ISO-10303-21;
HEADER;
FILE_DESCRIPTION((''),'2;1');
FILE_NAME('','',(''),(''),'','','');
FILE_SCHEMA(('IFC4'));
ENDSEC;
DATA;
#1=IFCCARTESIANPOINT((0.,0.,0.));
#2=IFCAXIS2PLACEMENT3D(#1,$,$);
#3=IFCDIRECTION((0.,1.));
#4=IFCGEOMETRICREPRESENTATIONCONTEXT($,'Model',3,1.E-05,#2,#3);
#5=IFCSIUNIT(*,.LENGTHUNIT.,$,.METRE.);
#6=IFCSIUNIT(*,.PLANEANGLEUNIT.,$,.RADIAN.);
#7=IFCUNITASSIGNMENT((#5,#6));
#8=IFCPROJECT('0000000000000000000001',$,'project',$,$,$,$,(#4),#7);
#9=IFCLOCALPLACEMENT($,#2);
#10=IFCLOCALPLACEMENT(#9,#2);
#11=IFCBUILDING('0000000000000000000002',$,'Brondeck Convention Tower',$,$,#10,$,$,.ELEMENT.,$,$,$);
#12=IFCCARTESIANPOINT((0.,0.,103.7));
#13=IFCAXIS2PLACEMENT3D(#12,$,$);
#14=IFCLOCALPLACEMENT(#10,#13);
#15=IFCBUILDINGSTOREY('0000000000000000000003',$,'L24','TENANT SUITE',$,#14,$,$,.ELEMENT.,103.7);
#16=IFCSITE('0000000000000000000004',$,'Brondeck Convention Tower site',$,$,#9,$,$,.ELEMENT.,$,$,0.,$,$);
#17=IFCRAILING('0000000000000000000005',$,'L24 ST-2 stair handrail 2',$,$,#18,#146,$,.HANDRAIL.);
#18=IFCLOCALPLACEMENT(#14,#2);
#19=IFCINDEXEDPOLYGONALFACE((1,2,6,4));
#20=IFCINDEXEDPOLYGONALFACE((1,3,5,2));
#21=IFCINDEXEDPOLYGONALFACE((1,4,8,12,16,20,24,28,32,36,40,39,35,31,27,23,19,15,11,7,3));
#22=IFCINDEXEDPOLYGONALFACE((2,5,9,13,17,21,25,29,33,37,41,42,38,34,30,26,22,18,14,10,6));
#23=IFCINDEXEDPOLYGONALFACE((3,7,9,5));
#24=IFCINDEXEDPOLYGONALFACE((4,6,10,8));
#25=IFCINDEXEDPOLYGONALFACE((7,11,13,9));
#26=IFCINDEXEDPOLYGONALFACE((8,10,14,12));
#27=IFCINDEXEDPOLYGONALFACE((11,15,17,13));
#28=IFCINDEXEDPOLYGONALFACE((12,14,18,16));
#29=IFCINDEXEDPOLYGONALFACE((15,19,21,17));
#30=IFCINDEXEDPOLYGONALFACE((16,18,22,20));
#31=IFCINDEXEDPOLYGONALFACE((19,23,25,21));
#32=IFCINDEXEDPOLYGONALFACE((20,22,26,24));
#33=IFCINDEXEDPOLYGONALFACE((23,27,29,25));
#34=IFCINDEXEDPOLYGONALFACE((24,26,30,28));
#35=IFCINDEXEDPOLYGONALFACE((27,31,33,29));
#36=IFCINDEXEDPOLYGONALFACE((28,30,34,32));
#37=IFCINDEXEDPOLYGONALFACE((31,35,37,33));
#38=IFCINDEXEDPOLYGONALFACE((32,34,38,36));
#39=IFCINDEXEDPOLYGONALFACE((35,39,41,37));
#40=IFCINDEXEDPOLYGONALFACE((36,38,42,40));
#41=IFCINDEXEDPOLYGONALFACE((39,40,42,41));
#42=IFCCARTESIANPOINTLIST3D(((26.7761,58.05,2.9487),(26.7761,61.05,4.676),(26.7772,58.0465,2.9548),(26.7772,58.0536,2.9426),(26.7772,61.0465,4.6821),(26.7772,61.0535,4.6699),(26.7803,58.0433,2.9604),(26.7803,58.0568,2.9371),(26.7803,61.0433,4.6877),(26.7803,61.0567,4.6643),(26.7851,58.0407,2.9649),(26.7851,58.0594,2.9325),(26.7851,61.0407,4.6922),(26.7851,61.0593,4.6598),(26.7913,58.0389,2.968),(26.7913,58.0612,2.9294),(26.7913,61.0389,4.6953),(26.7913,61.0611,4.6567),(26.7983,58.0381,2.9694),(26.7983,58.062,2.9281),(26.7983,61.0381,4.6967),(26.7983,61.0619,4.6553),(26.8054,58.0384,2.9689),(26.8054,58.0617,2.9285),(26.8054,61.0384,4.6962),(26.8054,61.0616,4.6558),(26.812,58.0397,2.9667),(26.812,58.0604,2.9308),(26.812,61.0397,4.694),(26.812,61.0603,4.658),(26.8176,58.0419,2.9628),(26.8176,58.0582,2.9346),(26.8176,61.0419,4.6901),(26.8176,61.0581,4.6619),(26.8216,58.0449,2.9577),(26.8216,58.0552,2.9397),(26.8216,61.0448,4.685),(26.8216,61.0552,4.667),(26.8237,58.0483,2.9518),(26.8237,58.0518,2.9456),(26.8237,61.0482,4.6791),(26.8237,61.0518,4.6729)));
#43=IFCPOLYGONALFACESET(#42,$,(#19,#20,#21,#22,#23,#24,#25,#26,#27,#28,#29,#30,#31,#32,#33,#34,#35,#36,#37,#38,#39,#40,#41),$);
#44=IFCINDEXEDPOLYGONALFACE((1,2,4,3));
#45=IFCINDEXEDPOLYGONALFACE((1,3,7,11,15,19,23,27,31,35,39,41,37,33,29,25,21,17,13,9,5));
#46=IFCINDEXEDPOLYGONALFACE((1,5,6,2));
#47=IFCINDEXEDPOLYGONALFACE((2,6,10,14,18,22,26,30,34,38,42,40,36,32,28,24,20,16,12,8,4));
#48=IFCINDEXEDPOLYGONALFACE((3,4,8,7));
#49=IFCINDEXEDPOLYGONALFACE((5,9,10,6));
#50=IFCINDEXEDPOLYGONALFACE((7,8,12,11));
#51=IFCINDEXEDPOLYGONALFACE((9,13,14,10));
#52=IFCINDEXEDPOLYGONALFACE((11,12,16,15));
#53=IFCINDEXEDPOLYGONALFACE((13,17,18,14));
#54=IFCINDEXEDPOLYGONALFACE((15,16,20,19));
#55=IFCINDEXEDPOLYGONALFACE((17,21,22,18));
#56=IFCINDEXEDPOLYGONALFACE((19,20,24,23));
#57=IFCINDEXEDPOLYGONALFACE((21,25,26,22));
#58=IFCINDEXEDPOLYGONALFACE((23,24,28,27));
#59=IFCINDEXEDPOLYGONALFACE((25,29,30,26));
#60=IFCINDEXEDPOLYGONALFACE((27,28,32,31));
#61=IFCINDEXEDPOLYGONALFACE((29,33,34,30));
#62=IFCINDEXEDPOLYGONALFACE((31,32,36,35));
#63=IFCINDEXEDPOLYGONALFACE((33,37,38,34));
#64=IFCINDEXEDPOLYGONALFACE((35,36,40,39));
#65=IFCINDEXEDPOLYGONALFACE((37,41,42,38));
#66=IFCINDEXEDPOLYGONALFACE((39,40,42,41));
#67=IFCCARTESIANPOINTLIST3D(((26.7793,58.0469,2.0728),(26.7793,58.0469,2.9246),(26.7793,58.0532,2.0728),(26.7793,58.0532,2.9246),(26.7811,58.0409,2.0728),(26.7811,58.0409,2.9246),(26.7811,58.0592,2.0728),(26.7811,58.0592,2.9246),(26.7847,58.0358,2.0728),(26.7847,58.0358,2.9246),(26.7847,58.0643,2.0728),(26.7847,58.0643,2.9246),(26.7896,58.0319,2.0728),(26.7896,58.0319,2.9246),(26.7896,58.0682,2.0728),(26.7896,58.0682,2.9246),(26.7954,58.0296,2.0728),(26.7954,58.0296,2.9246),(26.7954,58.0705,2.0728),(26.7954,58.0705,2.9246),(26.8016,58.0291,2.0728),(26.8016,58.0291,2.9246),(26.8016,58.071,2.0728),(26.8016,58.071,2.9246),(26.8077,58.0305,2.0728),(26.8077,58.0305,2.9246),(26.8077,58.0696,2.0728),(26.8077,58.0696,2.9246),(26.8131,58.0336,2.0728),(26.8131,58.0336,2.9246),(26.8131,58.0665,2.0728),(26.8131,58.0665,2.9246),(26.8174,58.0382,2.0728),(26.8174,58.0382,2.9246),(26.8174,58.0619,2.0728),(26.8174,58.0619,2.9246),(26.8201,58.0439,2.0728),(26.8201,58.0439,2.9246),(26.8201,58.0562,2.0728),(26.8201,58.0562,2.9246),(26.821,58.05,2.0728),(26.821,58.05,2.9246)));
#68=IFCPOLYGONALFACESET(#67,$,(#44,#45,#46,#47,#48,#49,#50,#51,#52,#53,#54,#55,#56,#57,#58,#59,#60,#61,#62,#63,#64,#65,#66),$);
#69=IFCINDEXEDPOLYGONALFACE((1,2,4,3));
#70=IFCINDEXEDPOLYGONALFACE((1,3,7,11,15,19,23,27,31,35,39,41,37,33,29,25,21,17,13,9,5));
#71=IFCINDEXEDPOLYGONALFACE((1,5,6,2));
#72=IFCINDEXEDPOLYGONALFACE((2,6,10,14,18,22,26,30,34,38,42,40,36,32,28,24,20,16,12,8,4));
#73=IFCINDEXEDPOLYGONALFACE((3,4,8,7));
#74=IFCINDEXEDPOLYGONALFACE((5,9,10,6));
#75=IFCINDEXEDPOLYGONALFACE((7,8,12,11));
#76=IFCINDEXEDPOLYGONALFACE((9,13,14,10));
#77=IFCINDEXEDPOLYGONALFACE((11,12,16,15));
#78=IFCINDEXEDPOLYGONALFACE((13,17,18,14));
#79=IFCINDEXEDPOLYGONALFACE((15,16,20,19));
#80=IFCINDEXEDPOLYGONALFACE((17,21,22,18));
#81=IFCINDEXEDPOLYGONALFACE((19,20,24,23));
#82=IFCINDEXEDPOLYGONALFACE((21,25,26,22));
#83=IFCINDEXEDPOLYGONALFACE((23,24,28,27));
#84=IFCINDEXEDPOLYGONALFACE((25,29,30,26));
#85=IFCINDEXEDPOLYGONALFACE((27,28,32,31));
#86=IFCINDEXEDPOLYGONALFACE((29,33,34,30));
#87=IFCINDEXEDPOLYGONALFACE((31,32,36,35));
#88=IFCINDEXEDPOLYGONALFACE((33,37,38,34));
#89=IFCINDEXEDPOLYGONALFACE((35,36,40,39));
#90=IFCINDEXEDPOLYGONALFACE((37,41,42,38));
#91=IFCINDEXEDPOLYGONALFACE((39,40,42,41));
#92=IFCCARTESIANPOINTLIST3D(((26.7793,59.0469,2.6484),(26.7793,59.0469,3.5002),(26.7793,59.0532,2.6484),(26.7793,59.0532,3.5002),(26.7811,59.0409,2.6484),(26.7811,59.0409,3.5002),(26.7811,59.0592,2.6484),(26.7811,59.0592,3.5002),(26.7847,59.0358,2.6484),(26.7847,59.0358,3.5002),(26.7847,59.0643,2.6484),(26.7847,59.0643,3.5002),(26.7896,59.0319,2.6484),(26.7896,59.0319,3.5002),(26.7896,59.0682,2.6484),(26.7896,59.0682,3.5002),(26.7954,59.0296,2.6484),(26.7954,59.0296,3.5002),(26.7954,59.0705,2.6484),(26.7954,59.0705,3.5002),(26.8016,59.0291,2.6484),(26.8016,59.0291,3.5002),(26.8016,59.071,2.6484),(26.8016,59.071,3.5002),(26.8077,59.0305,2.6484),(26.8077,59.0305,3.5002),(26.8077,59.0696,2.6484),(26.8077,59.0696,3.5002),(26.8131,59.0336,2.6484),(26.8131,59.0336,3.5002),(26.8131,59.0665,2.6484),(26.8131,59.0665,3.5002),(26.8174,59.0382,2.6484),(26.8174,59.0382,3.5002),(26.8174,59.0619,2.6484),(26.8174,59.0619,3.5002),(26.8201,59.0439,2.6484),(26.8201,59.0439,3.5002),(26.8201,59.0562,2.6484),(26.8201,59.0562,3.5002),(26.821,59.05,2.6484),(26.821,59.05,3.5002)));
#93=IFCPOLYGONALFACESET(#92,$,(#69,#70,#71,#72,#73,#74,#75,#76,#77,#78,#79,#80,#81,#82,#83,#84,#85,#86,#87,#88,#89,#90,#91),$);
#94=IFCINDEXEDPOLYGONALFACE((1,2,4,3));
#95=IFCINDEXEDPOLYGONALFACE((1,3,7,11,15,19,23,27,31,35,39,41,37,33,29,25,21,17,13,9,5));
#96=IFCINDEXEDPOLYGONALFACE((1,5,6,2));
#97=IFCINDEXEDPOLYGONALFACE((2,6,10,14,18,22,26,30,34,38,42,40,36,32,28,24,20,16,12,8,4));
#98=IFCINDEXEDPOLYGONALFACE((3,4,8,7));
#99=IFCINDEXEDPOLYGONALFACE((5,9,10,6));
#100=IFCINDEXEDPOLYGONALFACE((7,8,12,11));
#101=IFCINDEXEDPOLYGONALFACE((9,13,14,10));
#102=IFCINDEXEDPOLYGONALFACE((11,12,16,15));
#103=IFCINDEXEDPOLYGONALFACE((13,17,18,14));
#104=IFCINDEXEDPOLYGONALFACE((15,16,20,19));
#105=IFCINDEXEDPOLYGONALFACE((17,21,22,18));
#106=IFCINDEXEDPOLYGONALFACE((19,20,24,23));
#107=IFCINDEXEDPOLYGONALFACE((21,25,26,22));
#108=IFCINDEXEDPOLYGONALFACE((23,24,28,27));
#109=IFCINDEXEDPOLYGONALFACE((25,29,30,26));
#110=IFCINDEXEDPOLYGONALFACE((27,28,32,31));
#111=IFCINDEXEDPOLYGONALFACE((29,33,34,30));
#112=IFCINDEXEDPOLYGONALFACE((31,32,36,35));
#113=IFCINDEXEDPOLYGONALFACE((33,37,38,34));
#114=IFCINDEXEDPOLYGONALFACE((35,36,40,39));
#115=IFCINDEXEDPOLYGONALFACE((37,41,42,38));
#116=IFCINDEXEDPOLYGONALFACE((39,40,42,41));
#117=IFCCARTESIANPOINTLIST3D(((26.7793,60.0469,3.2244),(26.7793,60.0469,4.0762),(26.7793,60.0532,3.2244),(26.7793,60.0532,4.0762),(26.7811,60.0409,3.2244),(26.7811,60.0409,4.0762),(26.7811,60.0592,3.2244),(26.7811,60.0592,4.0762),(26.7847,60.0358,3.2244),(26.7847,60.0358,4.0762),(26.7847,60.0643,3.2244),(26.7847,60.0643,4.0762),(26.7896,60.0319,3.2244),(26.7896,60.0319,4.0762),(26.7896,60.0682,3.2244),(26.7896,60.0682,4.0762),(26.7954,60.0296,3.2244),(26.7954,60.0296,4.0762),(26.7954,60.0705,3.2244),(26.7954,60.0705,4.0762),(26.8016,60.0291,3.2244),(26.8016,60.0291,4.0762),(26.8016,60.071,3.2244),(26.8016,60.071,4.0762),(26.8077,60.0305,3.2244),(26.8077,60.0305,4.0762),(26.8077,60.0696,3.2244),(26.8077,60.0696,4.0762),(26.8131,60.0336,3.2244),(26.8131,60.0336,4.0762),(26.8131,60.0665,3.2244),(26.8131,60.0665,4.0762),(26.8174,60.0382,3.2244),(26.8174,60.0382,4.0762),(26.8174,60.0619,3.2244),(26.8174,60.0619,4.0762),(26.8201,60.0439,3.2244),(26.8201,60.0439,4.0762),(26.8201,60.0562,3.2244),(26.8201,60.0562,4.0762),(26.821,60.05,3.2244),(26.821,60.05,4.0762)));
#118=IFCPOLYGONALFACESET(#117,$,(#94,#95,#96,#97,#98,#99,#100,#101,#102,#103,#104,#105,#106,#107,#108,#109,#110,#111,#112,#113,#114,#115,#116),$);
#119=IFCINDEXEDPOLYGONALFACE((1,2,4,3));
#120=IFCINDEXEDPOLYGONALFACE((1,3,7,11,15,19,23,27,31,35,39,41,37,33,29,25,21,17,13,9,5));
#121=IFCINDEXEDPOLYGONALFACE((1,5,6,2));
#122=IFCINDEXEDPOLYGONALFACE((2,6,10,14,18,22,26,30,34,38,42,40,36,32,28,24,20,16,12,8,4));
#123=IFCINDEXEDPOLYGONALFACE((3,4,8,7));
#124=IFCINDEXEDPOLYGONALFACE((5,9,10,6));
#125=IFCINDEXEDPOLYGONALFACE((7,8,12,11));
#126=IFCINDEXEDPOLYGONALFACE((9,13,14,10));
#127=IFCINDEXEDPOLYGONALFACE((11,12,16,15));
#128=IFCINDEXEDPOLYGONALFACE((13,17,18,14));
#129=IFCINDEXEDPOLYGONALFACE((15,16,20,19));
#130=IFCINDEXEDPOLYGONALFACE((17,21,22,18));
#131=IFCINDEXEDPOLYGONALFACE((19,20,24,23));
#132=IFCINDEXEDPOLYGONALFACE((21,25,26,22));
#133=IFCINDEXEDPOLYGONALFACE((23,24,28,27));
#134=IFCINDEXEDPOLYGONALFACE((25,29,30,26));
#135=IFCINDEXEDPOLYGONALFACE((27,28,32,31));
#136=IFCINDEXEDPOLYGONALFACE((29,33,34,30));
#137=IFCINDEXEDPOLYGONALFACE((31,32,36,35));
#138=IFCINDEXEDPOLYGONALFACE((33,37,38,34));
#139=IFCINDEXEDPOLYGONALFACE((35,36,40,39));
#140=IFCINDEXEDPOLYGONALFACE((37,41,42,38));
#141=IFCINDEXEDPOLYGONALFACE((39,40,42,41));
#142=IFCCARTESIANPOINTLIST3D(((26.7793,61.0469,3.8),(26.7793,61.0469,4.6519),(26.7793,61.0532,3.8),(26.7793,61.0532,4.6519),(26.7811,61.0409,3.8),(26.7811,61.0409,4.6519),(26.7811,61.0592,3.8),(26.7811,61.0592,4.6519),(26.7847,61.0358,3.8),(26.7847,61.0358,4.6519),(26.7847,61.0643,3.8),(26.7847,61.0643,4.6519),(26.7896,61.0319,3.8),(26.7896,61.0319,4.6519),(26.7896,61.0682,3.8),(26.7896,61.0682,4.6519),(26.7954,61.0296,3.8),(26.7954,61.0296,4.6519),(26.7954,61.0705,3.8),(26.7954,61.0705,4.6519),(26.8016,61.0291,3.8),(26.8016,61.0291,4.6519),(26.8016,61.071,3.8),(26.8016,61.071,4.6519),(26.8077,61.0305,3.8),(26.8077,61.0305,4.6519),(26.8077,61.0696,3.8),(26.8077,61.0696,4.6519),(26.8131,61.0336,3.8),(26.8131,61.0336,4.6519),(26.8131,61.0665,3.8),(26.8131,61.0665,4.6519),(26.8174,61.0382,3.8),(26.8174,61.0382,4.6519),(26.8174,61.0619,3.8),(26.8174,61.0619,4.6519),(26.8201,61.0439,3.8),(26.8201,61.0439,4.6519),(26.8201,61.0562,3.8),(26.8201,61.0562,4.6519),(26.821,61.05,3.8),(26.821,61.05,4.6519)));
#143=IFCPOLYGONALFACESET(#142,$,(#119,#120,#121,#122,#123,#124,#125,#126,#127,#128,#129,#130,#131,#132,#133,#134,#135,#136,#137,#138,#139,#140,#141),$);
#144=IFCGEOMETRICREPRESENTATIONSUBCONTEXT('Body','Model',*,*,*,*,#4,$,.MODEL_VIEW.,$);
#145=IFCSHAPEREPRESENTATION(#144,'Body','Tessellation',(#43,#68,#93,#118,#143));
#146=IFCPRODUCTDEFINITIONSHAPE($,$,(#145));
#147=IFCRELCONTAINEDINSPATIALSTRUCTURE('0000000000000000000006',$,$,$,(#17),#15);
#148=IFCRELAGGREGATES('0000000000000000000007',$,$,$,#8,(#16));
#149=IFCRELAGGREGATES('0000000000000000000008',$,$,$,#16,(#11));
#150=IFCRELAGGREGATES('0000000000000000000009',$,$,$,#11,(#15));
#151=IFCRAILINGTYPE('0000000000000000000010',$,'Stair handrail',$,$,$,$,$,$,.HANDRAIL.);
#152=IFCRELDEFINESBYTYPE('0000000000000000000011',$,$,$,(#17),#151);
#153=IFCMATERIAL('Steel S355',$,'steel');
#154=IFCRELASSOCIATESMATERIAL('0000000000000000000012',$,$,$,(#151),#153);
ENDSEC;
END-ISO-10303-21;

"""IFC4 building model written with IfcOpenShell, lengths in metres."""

from ifc_helpers import new_model, si_unit, direction, frame, origin, origin_2d, place, context, subcontext, project, spatial, circle, extrude, material, type_object, element, save


model = new_model("IFC4")

# Units and contexts
model_context = context("Model", 3, precision=1e-05, world=origin(), true_north=direction((0.0, 1.0)))
body_context = subcontext(model_context, "Body", "Model", "MODEL_VIEW")
ifc_project = project(units=[si_unit("LENGTHUNIT", "METRE"), si_unit("PLANEANGLEUNIT", "RADIAN")], contexts=[model_context])

# Site, building, storey
site_placement = place(None, origin())
site = spatial("IfcSite", under=ifc_project, at=site_placement, Name="Brondeck Convention Tower site", CompositionType="ELEMENT", RefElevation=0.0)
building_placement = place(site_placement, origin())
building = spatial("IfcBuilding", under=site, at=building_placement, Name="Brondeck Convention Tower", CompositionType="ELEMENT")
storey_placement = place(building_placement, frame((0.0, 0.0, 103.7)))
storey = spatial("IfcBuildingStorey", under=building, at=storey_placement, Name="L24", Description="TENANT SUITE", CompositionType="ELEMENT", Elevation=103.7)

# Shared definitions
ifc_material_1 = material(Name="Steel S355", Category="steel")

# Railing
railing_type_1 = type_object("IfcRailingType", Name="Stair handrail", PredefinedType="HANDRAIL", material=ifc_material_1)
railing_1_placement = place(storey_placement, frame((26.8, 58.05, 2.0728)))
element("IfcRailing", 1, at=railing_1_placement, inside=storey, type_object=railing_type_1, Name="L24 ST-2 stair handrail 2", PredefinedType="HANDRAIL", context=body_context, shape_type="SweptSolid", body=[
    extrude(circle(Radius=0.0239, at=origin_2d()), frame((0.0, 0.0, 0.876), z_axis=(0.0, 0.86662, 0.498969), x_axis=(-1.0, 0.0, 0.0)), (0.0, 0.0, 1.0), 3.4617),
    extrude(circle(Radius=0.021, at=origin_2d()), origin(), (0.0, 0.0, 1.0), 0.8518),
    extrude(circle(Radius=0.021, at=origin_2d()), frame((0.0, 1.0, 0.5757)), (0.0, 0.0, 1.0), 0.8518),
    extrude(circle(Radius=0.021, at=origin_2d()), frame((0.0, 2.0, 1.1516)), (0.0, 0.0, 1.0), 0.8518),
    extrude(circle(Radius=0.021, at=origin_2d()), frame((0.0, 3.0, 1.7273)), (0.0, 0.0, 1.0), 0.8518),
])

save(model, "model.ifc")
